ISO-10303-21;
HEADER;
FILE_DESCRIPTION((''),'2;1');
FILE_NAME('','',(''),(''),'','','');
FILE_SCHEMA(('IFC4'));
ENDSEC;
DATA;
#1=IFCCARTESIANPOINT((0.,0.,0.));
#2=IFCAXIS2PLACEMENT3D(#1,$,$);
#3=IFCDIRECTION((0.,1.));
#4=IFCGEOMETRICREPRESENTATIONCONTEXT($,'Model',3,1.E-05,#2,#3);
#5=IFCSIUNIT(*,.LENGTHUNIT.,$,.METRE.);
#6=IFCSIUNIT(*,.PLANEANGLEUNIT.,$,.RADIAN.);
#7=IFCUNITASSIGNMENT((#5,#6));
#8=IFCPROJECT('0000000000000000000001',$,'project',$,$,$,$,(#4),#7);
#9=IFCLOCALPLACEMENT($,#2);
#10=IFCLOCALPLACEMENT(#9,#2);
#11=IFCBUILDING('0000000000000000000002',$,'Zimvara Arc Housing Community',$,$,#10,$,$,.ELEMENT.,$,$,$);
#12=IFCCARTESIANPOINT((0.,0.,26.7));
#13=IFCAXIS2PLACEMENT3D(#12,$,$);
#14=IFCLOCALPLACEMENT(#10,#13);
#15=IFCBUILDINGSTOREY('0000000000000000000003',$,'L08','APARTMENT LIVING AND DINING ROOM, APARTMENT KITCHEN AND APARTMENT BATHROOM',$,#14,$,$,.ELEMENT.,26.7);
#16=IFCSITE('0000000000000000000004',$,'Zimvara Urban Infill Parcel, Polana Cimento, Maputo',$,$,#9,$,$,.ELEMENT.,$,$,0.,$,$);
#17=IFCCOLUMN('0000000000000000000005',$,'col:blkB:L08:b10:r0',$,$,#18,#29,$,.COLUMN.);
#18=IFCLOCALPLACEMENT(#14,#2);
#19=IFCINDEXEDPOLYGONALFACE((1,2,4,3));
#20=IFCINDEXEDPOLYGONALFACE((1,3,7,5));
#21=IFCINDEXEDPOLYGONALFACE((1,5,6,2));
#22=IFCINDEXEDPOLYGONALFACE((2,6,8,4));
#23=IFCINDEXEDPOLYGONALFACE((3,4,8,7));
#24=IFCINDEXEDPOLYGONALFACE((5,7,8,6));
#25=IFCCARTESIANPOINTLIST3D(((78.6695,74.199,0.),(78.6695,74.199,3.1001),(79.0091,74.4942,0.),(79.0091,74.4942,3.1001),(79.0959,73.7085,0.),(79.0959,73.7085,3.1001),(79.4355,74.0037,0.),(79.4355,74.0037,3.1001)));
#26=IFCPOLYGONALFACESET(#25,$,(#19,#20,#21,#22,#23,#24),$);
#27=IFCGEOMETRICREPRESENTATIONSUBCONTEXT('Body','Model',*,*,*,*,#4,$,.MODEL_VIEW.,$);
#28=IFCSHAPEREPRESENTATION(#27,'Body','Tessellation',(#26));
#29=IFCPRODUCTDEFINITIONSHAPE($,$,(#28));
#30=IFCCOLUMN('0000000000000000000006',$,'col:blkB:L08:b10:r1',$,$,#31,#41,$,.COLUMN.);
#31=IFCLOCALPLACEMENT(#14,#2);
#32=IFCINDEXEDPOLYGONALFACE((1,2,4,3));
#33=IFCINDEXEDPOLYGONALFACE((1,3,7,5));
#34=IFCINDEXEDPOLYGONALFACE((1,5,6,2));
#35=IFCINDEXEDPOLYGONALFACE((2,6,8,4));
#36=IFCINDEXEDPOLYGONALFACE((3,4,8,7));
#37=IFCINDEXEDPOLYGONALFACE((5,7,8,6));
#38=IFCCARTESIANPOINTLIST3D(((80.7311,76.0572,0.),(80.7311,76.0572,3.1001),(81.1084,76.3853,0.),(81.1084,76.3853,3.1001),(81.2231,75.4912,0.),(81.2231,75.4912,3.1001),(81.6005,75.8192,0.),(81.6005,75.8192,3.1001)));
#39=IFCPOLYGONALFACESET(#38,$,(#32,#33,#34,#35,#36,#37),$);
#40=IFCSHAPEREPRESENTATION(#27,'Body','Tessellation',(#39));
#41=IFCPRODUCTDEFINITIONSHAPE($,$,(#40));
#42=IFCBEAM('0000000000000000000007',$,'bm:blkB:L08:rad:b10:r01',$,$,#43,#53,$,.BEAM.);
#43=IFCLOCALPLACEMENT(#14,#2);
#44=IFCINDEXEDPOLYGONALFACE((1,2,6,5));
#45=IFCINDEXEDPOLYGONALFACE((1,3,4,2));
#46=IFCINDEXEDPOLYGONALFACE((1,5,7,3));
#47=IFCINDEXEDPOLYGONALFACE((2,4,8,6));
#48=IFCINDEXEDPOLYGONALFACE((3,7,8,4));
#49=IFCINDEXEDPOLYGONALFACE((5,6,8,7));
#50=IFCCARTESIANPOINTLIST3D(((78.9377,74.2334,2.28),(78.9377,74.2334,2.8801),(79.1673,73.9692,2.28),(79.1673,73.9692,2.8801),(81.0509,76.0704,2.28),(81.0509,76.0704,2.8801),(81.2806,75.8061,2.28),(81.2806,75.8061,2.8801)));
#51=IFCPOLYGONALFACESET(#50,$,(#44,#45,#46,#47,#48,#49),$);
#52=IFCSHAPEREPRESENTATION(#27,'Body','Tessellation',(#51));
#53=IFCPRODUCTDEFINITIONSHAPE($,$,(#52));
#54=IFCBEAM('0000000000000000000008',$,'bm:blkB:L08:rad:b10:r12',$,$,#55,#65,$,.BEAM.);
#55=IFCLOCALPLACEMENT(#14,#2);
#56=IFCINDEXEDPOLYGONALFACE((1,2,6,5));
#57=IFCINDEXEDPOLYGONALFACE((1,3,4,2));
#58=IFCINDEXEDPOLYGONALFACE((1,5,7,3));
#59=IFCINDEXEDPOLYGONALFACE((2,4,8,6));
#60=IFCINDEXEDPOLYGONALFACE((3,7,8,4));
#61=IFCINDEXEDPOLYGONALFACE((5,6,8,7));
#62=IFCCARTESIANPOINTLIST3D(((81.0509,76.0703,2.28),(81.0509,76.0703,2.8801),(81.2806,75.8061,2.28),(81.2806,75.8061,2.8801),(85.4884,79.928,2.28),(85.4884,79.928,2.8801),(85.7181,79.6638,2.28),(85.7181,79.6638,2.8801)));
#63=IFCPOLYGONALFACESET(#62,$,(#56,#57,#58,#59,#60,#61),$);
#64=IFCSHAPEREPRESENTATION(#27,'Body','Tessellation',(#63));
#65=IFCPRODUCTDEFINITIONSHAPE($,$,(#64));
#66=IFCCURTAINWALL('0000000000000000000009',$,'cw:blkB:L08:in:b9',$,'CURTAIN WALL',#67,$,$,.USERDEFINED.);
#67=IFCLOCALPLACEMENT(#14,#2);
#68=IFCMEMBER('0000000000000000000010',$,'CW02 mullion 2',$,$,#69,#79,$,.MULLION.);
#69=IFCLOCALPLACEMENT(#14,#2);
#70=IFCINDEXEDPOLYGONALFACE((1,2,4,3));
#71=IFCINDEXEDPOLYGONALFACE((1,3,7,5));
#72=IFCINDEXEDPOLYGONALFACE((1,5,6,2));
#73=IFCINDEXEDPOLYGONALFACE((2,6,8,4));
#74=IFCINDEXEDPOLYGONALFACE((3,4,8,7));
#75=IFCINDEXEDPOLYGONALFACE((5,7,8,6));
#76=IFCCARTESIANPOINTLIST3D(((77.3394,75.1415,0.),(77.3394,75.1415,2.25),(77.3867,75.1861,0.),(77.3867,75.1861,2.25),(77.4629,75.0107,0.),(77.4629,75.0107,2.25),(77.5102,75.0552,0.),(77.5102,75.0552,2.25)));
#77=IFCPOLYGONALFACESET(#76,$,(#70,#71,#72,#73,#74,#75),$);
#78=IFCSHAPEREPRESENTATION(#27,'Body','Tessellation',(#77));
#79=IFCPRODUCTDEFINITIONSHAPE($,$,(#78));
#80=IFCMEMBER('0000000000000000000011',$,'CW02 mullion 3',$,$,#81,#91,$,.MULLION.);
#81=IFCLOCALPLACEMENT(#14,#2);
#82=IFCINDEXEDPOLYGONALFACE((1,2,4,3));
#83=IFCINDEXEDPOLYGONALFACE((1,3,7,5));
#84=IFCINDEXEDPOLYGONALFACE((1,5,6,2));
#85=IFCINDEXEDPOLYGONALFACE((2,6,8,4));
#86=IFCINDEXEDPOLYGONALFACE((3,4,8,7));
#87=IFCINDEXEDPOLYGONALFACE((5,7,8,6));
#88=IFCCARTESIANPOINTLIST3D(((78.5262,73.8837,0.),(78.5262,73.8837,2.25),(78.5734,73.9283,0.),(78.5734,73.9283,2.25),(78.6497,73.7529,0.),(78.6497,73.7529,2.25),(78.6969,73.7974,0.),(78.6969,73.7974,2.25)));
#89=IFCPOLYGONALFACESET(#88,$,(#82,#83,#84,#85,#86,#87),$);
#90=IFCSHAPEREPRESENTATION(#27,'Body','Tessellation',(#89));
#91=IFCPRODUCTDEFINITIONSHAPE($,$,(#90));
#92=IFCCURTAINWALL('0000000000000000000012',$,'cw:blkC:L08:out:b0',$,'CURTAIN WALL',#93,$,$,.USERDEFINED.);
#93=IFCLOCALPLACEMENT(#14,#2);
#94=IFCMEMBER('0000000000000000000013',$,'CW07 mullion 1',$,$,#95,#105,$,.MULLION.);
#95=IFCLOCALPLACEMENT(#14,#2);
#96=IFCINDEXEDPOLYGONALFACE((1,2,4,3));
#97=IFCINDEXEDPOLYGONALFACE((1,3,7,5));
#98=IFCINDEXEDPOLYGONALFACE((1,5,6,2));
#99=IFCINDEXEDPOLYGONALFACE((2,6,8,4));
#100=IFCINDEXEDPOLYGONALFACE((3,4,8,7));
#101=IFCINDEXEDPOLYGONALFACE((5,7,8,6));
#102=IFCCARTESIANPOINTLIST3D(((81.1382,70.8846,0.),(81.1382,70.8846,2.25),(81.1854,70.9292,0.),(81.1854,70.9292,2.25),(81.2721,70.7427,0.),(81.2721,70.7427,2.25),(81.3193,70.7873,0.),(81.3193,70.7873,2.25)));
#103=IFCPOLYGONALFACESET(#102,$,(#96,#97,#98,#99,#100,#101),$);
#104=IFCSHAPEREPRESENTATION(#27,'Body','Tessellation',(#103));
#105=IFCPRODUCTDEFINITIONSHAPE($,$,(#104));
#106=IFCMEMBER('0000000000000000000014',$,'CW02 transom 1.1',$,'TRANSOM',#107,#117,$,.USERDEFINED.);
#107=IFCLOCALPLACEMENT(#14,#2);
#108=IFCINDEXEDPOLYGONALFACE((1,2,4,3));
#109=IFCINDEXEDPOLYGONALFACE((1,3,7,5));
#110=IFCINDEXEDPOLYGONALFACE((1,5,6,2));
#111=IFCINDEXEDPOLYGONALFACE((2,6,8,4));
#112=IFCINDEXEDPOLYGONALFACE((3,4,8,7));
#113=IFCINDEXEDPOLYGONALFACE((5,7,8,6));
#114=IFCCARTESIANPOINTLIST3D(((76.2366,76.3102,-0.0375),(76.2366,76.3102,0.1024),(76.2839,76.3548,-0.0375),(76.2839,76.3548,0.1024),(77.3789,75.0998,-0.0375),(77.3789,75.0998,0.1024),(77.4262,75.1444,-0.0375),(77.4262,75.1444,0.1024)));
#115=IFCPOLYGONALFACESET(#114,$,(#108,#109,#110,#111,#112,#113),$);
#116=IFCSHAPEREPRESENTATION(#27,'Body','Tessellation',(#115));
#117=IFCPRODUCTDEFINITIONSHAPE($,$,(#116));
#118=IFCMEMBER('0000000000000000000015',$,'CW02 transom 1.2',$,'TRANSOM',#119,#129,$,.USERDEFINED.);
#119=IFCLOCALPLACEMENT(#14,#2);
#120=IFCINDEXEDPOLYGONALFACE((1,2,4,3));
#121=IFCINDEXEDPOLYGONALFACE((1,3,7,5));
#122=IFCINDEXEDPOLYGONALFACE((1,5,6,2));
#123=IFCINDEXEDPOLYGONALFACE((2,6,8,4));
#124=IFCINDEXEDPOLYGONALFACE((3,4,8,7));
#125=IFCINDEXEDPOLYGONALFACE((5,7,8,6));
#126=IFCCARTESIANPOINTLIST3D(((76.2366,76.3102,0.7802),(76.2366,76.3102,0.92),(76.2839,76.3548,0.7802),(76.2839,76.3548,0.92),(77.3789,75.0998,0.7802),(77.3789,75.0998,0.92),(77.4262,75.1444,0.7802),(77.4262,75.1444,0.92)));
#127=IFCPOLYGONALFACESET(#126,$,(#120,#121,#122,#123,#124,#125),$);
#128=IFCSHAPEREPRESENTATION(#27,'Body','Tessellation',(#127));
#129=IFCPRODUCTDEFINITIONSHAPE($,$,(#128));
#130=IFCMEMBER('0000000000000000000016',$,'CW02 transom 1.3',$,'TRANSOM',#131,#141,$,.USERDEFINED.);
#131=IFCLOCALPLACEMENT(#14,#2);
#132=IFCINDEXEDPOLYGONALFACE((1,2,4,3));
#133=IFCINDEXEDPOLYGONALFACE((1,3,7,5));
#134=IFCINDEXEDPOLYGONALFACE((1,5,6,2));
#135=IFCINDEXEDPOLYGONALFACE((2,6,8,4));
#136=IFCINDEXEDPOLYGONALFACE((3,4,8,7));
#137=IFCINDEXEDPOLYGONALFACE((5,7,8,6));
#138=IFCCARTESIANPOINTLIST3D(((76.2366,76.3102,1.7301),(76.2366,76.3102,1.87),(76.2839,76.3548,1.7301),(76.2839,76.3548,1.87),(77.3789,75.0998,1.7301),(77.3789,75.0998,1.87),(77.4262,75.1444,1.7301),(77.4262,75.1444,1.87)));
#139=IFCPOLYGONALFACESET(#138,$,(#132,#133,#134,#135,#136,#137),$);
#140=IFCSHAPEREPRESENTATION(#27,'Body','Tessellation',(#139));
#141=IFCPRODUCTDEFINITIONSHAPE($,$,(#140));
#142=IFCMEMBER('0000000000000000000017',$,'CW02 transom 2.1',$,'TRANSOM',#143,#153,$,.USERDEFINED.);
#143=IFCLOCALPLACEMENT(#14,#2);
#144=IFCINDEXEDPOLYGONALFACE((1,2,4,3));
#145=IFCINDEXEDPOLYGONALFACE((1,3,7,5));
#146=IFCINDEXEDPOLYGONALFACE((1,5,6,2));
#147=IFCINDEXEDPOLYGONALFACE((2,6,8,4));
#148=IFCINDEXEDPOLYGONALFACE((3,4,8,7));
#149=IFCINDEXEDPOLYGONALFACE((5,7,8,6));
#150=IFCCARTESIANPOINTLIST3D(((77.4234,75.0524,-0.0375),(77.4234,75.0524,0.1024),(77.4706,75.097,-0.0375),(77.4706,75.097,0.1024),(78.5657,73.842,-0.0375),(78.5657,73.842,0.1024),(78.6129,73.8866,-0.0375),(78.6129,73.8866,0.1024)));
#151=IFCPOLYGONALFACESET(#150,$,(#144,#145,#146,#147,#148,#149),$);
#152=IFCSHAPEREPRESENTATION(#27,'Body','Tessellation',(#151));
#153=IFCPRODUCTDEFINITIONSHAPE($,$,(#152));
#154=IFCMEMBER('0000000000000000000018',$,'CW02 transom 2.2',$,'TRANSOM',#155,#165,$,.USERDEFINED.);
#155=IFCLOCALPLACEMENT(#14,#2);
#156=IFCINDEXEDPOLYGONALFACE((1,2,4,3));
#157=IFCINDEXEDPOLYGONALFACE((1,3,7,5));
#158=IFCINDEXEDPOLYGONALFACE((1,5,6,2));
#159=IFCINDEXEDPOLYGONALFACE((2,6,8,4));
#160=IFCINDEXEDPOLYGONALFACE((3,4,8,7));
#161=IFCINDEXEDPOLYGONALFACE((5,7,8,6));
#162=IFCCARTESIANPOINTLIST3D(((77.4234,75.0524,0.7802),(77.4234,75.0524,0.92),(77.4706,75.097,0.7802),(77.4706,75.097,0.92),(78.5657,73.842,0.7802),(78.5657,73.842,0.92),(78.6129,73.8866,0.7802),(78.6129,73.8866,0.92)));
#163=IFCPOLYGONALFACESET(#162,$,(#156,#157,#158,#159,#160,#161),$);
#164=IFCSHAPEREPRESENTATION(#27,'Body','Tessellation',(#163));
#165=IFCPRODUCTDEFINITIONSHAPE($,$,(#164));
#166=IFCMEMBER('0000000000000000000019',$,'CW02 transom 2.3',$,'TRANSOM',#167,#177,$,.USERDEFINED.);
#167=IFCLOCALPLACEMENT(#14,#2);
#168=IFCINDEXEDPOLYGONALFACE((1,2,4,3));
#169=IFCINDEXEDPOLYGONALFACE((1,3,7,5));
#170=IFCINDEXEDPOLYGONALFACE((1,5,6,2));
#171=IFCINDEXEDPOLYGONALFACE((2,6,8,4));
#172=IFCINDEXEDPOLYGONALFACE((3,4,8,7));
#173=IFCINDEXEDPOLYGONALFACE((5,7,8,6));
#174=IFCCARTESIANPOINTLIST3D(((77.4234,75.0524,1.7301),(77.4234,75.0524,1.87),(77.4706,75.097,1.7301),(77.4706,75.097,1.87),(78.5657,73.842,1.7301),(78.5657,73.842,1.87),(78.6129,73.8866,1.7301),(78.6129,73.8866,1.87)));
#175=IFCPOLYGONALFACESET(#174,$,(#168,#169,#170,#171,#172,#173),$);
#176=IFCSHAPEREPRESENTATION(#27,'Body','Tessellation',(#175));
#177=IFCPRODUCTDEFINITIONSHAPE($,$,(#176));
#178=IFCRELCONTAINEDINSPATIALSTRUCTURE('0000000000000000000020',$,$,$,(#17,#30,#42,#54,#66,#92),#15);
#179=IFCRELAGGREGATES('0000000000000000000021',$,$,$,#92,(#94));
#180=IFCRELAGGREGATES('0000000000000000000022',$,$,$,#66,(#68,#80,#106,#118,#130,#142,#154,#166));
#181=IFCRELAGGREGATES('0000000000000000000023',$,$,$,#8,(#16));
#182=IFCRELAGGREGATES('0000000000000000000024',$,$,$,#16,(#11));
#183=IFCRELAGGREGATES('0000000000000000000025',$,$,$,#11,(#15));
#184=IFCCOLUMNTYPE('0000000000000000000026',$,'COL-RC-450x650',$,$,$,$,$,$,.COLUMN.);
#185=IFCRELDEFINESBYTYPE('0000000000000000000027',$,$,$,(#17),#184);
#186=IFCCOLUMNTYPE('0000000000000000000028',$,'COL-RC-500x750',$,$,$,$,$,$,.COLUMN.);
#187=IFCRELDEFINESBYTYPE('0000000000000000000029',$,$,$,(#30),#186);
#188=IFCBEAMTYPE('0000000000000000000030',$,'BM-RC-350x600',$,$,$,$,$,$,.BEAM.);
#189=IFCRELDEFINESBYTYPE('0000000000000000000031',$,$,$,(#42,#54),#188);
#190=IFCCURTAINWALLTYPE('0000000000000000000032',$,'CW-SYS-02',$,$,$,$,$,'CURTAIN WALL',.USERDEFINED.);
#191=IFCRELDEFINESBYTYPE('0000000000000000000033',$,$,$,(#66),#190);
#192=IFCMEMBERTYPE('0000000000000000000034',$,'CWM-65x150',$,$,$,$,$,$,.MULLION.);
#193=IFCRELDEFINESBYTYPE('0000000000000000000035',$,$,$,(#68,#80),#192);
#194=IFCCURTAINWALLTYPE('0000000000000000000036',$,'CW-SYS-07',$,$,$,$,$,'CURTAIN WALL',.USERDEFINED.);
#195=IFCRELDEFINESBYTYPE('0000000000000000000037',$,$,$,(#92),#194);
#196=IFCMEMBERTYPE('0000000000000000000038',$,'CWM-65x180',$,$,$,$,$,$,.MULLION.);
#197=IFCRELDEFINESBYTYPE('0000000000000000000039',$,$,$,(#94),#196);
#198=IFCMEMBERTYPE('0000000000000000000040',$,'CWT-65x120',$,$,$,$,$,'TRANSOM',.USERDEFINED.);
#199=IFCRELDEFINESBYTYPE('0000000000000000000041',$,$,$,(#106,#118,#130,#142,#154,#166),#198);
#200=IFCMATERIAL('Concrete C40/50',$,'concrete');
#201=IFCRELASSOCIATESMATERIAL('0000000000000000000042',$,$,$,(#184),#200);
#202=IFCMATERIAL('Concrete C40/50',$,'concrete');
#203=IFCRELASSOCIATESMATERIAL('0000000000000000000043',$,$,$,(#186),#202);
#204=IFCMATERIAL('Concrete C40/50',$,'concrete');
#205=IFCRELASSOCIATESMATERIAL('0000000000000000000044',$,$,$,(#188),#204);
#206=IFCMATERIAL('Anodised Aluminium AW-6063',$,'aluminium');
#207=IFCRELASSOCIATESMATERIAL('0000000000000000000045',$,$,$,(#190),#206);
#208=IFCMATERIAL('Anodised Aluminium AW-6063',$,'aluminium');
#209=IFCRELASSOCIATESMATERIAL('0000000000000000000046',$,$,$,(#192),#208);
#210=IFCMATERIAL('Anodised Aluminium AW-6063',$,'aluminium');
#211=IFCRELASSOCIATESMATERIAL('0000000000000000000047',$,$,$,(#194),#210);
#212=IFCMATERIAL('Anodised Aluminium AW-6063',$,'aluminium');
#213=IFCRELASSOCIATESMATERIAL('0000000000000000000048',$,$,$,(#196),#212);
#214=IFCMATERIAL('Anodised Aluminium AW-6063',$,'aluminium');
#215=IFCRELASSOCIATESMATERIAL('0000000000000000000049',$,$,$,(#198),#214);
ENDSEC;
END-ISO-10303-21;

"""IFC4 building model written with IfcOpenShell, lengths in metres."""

from ifc_helpers import new_model, si_unit, direction, frame, origin, origin_2d, place, context, subcontext, project, spatial, rectangle, extrude, material, material_profile, profile_set, type_object, element, aggregate, save


model = new_model("IFC4")

# Units and contexts
model_context = context("Model", 3, precision=1e-05, world=origin(), true_north=direction((0.0, 1.0)))
body_context = subcontext(model_context, "Body", "Model", "MODEL_VIEW")
ifc_project = project(units=[si_unit("LENGTHUNIT", "METRE"), si_unit("PLANEANGLEUNIT", "RADIAN")], contexts=[model_context])

# Site, building, storey
site_placement = place(None, origin())
site = spatial("IfcSite", under=ifc_project, at=site_placement, Name="Zimvara Urban Infill Parcel, Polana Cimento, Maputo", CompositionType="ELEMENT", RefElevation=0.0)
building_placement = place(site_placement, origin())
building = spatial("IfcBuilding", under=site, at=building_placement, Name="Zimvara Arc Housing Community", CompositionType="ELEMENT")
storey_placement = place(building_placement, frame((0.0, 0.0, 26.7)))
storey = spatial("IfcBuildingStorey", under=building, at=storey_placement, Name="L08", Description="APARTMENT LIVING AND DINING ROOM, APARTMENT KITCHEN AND APARTMENT BATHROOM", CompositionType="ELEMENT", Elevation=26.7)

# Columns
ifc_material_1 = material(Name="Concrete C40/50", Category="concrete")
ifc_material_profile_1 = material_profile(ifc_material_1, rectangle(XDim=0.45, YDim=0.6499, at=origin_2d()), Name="RC 450x650")
ifc_profile_set_1 = profile_set([ifc_material_profile_1], Name="Concrete C40/50")
column_type_1 = type_object("IfcColumnType", Name="COL-RC-450x650", PredefinedType="COLUMN", material=ifc_profile_set_1)
column_1_placement = place(storey_placement, frame((79.0525, 74.1013, 0.0), z_axis=(0.0, 0.0, 1.0), x_axis=(0.75471, 0.656059, 0.0)))
element("IfcColumn", 1, at=column_1_placement, inside=storey, type_object=column_type_1, Name="col:blkB:L08:b10:r0", PredefinedType="COLUMN", context=body_context, shape_type="SweptSolid", body=[
    extrude(rectangle(XDim=0.45, YDim=0.6499, at=origin_2d()), origin(), (0.0, 0.0, 1.0), 3.1001),
])
ifc_material_2 = material(Name="Concrete C40/50", Category="concrete")
ifc_material_profile_2 = material_profile(ifc_material_2, rectangle(XDim=0.5, YDim=0.75, at=origin_2d()), Name="RC 500x750")
ifc_profile_set_2 = profile_set([ifc_material_profile_2], Name="Concrete C40/50")
column_type_2 = type_object("IfcColumnType", Name="COL-RC-500x750", PredefinedType="COLUMN", material=ifc_profile_set_2)
column_2_placement = place(storey_placement, frame((81.1658, 75.9382, 0.0), z_axis=(0.0, 0.0, 1.0), x_axis=(0.75471, 0.656059, 0.0)))
element("IfcColumn", 2, at=column_2_placement, inside=storey, type_object=column_type_2, Name="col:blkB:L08:b10:r1", PredefinedType="COLUMN", context=body_context, shape_type="SweptSolid", body=[
    extrude(rectangle(XDim=0.5, YDim=0.75, at=origin_2d()), origin(), (0.0, 0.0, 1.0), 3.1001),
])

# Beams
ifc_material_3 = material(Name="Concrete C40/50", Category="concrete")
ifc_material_profile_3 = material_profile(ifc_material_3, rectangle(XDim=0.3501, YDim=0.6001, at=origin_2d()), Name="RC 350x600")
ifc_profile_set_3 = profile_set([ifc_material_profile_3], Name="Concrete C40/50")
beam_type = type_object("IfcBeamType", Name="BM-RC-350x600", PredefinedType="BEAM", material=ifc_profile_set_3)
beam_1_placement = place(storey_placement, frame((79.0525, 74.1013, 2.5801), z_axis=(0.754733, 0.656032, 0.0), x_axis=(-0.656032, 0.754733, 0.0)))
element("IfcBeam", 3, at=beam_1_placement, inside=storey, type_object=beam_type, Name="bm:blkB:L08:rad:b10:r01", PredefinedType="BEAM", context=body_context, shape_type="SweptSolid", body=[
    extrude(rectangle(XDim=0.3501, YDim=0.6001, at=origin_2d()), origin(), (0.0, 0.0, 1.0), 2.8),
])
beam_2_placement = place(storey_placement, frame((81.1658, 75.9382, 2.5801), z_axis=(0.754692, 0.656079, 0.0), x_axis=(-0.656079, 0.754692, 0.0)))
element("IfcBeam", 4, at=beam_2_placement, inside=storey, type_object=beam_type, Name="bm:blkB:L08:rad:b10:r12", PredefinedType="BEAM", context=body_context, shape_type="SweptSolid", body=[
    extrude(rectangle(XDim=0.3501, YDim=0.6001, at=origin_2d()), origin(), (0.0, 0.0, 1.0), 5.8799),
])

# Curtain wall, members
ifc_material_4 = material(Name="Anodised Aluminium AW-6063", Category="aluminium")
curtain_wall_type_1 = type_object("IfcCurtainWallType", Name="CW-SYS-02", ElementType="CURTAIN WALL", PredefinedType="USERDEFINED", material=ifc_material_4)
curtain_wall_1_placement = place(storey_placement, origin())
curtain_wall_1 = element("IfcCurtainWall", 5, at=curtain_wall_1_placement, inside=storey, type_object=curtain_wall_type_1, Name="cw:blkB:L08:in:b9", ObjectType="CURTAIN WALL", PredefinedType="USERDEFINED")
ifc_material_5 = material(Name="Anodised Aluminium AW-6063", Category="aluminium")
ifc_material_profile_4 = material_profile(ifc_material_5, rectangle(XDim=0.0649, YDim=0.1799, at=origin_2d()), Name="ALU 65x180")
ifc_profile_set_4 = profile_set([ifc_material_profile_4], Name="Anodised Aluminium AW-6063")
member_type_1 = type_object("IfcMemberType", Name="CWM-65x150", PredefinedType="MULLION", material=ifc_profile_set_4)
member_1_placement = place(storey_placement, frame((77.4248, 75.0984, 0.0), z_axis=(0.0, 0.0, 1.0), x_axis=(0.727293, 0.686327, 0.0)))
member_1 = element("IfcMember", 6, at=member_1_placement, type_object=member_type_1, Name="CW02 mullion 2", PredefinedType="MULLION", context=body_context, shape_type="SweptSolid", body=[
    extrude(rectangle(XDim=0.0649, YDim=0.1799, at=origin_2d()), origin(), (0.0, 0.0, 1.0), 2.25),
])
member_2_placement = place(storey_placement, frame((78.6116, 73.8406, 0.0), z_axis=(0.0, 0.0, 1.0), x_axis=(0.727293, 0.686327, 0.0)))
member_2 = element("IfcMember", 7, at=member_2_placement, type_object=member_type_1, Name="CW02 mullion 3", PredefinedType="MULLION", context=body_context, shape_type="SweptSolid", body=[
    extrude(rectangle(XDim=0.0649, YDim=0.1799, at=origin_2d()), origin(), (0.0, 0.0, 1.0), 2.25),
])

# Curtain wall, member
ifc_material_6 = material(Name="Anodised Aluminium AW-6063", Category="aluminium")
curtain_wall_type_2 = type_object("IfcCurtainWallType", Name="CW-SYS-07", ElementType="CURTAIN WALL", PredefinedType="USERDEFINED", material=ifc_material_6)
curtain_wall_2_placement = place(storey_placement, origin())
curtain_wall_2 = element("IfcCurtainWall", 8, at=curtain_wall_2_placement, inside=storey, type_object=curtain_wall_type_2, Name="cw:blkC:L08:out:b0", ObjectType="CURTAIN WALL", PredefinedType="USERDEFINED")
ifc_material_7 = material(Name="Anodised Aluminium AW-6063", Category="aluminium")
ifc_material_profile_5 = material_profile(ifc_material_7, rectangle(XDim=0.0649, YDim=0.1951, at=origin_2d()), Name="ALU 65x195")
ifc_profile_set_5 = profile_set([ifc_material_profile_5], Name="Anodised Aluminium AW-6063")
member_type_2 = type_object("IfcMemberType", Name="CWM-65x180", PredefinedType="MULLION", material=ifc_profile_set_5)
member_3_placement = place(storey_placement, frame((81.2288, 70.8359, 0.0), z_axis=(0.0, 0.0, 1.0), x_axis=(0.727294, 0.686326, 0.0)))
member_3 = element("IfcMember", 9, at=member_3_placement, type_object=member_type_2, Name="CW07 mullion 1", PredefinedType="MULLION", context=body_context, shape_type="SweptSolid", body=[
    extrude(rectangle(XDim=0.0649, YDim=0.1951, at=origin_2d()), origin(), (0.0, 0.0, 1.0), 2.25),
])
aggregate(curtain_wall_2, [member_3])

# Members
ifc_material_8 = material(Name="Anodised Aluminium AW-6063", Category="aluminium")
ifc_material_profile_6 = material_profile(ifc_material_8, rectangle(XDim=0.0649, YDim=0.1399, at=origin_2d()), Name="ALU 65x140")
ifc_profile_set_6 = profile_set([ifc_material_profile_6], Name="Anodised Aluminium AW-6063")
member_type_3 = type_object("IfcMemberType", Name="CWT-65x120", ElementType="TRANSOM", PredefinedType="USERDEFINED", material=ifc_profile_set_6)
member_4_placement = place(storey_placement, frame((76.2603, 76.3325, 0.0325), z_axis=(0.686348, -0.727273, 0.0), x_axis=(0.727273, 0.686348, 0.0)))
member_4 = element("IfcMember", 10, at=member_4_placement, type_object=member_type_3, Name="CW02 transom 1.1", ObjectType="TRANSOM", PredefinedType="USERDEFINED", context=body_context, shape_type="SweptSolid", body=[
    extrude(rectangle(XDim=0.0649, YDim=0.1399, at=origin_2d()), origin(), (0.0, 0.0, 1.0), 1.6643),
])
member_5_placement = place(storey_placement, frame((76.2603, 76.3325, 0.8501), z_axis=(0.686348, -0.727273, 0.0), x_axis=(0.727273, 0.686348, 0.0)))
member_5 = element("IfcMember", 11, at=member_5_placement, type_object=member_type_3, Name="CW02 transom 1.2", ObjectType="TRANSOM", PredefinedType="USERDEFINED", context=body_context, shape_type="SweptSolid", body=[
    extrude(rectangle(XDim=0.0649, YDim=0.1399, at=origin_2d()), origin(), (0.0, 0.0, 1.0), 1.6643),
])
member_6_placement = place(storey_placement, frame((76.2603, 76.3325, 1.8), z_axis=(0.686348, -0.727273, 0.0), x_axis=(0.727273, 0.686348, 0.0)))
member_6 = element("IfcMember", 12, at=member_6_placement, type_object=member_type_3, Name="CW02 transom 1.3", ObjectType="TRANSOM", PredefinedType="USERDEFINED", context=body_context, shape_type="SweptSolid", body=[
    extrude(rectangle(XDim=0.0649, YDim=0.1399, at=origin_2d()), origin(), (0.0, 0.0, 1.0), 1.6643),
])
member_7_placement = place(storey_placement, frame((77.447, 75.0747, 0.0325), z_axis=(0.686348, -0.727273, 0.0), x_axis=(0.727273, 0.686348, 0.0)))
member_7 = element("IfcMember", 13, at=member_7_placement, type_object=member_type_3, Name="CW02 transom 2.1", ObjectType="TRANSOM", PredefinedType="USERDEFINED", context=body_context, shape_type="SweptSolid", body=[
    extrude(rectangle(XDim=0.0649, YDim=0.1399, at=origin_2d()), origin(), (0.0, 0.0, 1.0), 1.6643),
])
member_8_placement = place(storey_placement, frame((77.447, 75.0747, 0.8501), z_axis=(0.686348, -0.727273, 0.0), x_axis=(0.727273, 0.686348, 0.0)))
member_8 = element("IfcMember", 14, at=member_8_placement, type_object=member_type_3, Name="CW02 transom 2.2", ObjectType="TRANSOM", PredefinedType="USERDEFINED", context=body_context, shape_type="SweptSolid", body=[
    extrude(rectangle(XDim=0.0649, YDim=0.1399, at=origin_2d()), origin(), (0.0, 0.0, 1.0), 1.6643),
])
member_9_placement = place(storey_placement, frame((77.447, 75.0747, 1.8), z_axis=(0.686348, -0.727273, 0.0), x_axis=(0.727273, 0.686348, 0.0)))
member_9 = element("IfcMember", 15, at=member_9_placement, type_object=member_type_3, Name="CW02 transom 2.3", ObjectType="TRANSOM", PredefinedType="USERDEFINED", context=body_context, shape_type="SweptSolid", body=[
    extrude(rectangle(XDim=0.0649, YDim=0.1399, at=origin_2d()), origin(), (0.0, 0.0, 1.0), 1.6643),
])

aggregate(curtain_wall_1, [member_1, member_2, member_4, member_5, member_6, member_7, member_8, member_9])

save(model, "model.ifc")
